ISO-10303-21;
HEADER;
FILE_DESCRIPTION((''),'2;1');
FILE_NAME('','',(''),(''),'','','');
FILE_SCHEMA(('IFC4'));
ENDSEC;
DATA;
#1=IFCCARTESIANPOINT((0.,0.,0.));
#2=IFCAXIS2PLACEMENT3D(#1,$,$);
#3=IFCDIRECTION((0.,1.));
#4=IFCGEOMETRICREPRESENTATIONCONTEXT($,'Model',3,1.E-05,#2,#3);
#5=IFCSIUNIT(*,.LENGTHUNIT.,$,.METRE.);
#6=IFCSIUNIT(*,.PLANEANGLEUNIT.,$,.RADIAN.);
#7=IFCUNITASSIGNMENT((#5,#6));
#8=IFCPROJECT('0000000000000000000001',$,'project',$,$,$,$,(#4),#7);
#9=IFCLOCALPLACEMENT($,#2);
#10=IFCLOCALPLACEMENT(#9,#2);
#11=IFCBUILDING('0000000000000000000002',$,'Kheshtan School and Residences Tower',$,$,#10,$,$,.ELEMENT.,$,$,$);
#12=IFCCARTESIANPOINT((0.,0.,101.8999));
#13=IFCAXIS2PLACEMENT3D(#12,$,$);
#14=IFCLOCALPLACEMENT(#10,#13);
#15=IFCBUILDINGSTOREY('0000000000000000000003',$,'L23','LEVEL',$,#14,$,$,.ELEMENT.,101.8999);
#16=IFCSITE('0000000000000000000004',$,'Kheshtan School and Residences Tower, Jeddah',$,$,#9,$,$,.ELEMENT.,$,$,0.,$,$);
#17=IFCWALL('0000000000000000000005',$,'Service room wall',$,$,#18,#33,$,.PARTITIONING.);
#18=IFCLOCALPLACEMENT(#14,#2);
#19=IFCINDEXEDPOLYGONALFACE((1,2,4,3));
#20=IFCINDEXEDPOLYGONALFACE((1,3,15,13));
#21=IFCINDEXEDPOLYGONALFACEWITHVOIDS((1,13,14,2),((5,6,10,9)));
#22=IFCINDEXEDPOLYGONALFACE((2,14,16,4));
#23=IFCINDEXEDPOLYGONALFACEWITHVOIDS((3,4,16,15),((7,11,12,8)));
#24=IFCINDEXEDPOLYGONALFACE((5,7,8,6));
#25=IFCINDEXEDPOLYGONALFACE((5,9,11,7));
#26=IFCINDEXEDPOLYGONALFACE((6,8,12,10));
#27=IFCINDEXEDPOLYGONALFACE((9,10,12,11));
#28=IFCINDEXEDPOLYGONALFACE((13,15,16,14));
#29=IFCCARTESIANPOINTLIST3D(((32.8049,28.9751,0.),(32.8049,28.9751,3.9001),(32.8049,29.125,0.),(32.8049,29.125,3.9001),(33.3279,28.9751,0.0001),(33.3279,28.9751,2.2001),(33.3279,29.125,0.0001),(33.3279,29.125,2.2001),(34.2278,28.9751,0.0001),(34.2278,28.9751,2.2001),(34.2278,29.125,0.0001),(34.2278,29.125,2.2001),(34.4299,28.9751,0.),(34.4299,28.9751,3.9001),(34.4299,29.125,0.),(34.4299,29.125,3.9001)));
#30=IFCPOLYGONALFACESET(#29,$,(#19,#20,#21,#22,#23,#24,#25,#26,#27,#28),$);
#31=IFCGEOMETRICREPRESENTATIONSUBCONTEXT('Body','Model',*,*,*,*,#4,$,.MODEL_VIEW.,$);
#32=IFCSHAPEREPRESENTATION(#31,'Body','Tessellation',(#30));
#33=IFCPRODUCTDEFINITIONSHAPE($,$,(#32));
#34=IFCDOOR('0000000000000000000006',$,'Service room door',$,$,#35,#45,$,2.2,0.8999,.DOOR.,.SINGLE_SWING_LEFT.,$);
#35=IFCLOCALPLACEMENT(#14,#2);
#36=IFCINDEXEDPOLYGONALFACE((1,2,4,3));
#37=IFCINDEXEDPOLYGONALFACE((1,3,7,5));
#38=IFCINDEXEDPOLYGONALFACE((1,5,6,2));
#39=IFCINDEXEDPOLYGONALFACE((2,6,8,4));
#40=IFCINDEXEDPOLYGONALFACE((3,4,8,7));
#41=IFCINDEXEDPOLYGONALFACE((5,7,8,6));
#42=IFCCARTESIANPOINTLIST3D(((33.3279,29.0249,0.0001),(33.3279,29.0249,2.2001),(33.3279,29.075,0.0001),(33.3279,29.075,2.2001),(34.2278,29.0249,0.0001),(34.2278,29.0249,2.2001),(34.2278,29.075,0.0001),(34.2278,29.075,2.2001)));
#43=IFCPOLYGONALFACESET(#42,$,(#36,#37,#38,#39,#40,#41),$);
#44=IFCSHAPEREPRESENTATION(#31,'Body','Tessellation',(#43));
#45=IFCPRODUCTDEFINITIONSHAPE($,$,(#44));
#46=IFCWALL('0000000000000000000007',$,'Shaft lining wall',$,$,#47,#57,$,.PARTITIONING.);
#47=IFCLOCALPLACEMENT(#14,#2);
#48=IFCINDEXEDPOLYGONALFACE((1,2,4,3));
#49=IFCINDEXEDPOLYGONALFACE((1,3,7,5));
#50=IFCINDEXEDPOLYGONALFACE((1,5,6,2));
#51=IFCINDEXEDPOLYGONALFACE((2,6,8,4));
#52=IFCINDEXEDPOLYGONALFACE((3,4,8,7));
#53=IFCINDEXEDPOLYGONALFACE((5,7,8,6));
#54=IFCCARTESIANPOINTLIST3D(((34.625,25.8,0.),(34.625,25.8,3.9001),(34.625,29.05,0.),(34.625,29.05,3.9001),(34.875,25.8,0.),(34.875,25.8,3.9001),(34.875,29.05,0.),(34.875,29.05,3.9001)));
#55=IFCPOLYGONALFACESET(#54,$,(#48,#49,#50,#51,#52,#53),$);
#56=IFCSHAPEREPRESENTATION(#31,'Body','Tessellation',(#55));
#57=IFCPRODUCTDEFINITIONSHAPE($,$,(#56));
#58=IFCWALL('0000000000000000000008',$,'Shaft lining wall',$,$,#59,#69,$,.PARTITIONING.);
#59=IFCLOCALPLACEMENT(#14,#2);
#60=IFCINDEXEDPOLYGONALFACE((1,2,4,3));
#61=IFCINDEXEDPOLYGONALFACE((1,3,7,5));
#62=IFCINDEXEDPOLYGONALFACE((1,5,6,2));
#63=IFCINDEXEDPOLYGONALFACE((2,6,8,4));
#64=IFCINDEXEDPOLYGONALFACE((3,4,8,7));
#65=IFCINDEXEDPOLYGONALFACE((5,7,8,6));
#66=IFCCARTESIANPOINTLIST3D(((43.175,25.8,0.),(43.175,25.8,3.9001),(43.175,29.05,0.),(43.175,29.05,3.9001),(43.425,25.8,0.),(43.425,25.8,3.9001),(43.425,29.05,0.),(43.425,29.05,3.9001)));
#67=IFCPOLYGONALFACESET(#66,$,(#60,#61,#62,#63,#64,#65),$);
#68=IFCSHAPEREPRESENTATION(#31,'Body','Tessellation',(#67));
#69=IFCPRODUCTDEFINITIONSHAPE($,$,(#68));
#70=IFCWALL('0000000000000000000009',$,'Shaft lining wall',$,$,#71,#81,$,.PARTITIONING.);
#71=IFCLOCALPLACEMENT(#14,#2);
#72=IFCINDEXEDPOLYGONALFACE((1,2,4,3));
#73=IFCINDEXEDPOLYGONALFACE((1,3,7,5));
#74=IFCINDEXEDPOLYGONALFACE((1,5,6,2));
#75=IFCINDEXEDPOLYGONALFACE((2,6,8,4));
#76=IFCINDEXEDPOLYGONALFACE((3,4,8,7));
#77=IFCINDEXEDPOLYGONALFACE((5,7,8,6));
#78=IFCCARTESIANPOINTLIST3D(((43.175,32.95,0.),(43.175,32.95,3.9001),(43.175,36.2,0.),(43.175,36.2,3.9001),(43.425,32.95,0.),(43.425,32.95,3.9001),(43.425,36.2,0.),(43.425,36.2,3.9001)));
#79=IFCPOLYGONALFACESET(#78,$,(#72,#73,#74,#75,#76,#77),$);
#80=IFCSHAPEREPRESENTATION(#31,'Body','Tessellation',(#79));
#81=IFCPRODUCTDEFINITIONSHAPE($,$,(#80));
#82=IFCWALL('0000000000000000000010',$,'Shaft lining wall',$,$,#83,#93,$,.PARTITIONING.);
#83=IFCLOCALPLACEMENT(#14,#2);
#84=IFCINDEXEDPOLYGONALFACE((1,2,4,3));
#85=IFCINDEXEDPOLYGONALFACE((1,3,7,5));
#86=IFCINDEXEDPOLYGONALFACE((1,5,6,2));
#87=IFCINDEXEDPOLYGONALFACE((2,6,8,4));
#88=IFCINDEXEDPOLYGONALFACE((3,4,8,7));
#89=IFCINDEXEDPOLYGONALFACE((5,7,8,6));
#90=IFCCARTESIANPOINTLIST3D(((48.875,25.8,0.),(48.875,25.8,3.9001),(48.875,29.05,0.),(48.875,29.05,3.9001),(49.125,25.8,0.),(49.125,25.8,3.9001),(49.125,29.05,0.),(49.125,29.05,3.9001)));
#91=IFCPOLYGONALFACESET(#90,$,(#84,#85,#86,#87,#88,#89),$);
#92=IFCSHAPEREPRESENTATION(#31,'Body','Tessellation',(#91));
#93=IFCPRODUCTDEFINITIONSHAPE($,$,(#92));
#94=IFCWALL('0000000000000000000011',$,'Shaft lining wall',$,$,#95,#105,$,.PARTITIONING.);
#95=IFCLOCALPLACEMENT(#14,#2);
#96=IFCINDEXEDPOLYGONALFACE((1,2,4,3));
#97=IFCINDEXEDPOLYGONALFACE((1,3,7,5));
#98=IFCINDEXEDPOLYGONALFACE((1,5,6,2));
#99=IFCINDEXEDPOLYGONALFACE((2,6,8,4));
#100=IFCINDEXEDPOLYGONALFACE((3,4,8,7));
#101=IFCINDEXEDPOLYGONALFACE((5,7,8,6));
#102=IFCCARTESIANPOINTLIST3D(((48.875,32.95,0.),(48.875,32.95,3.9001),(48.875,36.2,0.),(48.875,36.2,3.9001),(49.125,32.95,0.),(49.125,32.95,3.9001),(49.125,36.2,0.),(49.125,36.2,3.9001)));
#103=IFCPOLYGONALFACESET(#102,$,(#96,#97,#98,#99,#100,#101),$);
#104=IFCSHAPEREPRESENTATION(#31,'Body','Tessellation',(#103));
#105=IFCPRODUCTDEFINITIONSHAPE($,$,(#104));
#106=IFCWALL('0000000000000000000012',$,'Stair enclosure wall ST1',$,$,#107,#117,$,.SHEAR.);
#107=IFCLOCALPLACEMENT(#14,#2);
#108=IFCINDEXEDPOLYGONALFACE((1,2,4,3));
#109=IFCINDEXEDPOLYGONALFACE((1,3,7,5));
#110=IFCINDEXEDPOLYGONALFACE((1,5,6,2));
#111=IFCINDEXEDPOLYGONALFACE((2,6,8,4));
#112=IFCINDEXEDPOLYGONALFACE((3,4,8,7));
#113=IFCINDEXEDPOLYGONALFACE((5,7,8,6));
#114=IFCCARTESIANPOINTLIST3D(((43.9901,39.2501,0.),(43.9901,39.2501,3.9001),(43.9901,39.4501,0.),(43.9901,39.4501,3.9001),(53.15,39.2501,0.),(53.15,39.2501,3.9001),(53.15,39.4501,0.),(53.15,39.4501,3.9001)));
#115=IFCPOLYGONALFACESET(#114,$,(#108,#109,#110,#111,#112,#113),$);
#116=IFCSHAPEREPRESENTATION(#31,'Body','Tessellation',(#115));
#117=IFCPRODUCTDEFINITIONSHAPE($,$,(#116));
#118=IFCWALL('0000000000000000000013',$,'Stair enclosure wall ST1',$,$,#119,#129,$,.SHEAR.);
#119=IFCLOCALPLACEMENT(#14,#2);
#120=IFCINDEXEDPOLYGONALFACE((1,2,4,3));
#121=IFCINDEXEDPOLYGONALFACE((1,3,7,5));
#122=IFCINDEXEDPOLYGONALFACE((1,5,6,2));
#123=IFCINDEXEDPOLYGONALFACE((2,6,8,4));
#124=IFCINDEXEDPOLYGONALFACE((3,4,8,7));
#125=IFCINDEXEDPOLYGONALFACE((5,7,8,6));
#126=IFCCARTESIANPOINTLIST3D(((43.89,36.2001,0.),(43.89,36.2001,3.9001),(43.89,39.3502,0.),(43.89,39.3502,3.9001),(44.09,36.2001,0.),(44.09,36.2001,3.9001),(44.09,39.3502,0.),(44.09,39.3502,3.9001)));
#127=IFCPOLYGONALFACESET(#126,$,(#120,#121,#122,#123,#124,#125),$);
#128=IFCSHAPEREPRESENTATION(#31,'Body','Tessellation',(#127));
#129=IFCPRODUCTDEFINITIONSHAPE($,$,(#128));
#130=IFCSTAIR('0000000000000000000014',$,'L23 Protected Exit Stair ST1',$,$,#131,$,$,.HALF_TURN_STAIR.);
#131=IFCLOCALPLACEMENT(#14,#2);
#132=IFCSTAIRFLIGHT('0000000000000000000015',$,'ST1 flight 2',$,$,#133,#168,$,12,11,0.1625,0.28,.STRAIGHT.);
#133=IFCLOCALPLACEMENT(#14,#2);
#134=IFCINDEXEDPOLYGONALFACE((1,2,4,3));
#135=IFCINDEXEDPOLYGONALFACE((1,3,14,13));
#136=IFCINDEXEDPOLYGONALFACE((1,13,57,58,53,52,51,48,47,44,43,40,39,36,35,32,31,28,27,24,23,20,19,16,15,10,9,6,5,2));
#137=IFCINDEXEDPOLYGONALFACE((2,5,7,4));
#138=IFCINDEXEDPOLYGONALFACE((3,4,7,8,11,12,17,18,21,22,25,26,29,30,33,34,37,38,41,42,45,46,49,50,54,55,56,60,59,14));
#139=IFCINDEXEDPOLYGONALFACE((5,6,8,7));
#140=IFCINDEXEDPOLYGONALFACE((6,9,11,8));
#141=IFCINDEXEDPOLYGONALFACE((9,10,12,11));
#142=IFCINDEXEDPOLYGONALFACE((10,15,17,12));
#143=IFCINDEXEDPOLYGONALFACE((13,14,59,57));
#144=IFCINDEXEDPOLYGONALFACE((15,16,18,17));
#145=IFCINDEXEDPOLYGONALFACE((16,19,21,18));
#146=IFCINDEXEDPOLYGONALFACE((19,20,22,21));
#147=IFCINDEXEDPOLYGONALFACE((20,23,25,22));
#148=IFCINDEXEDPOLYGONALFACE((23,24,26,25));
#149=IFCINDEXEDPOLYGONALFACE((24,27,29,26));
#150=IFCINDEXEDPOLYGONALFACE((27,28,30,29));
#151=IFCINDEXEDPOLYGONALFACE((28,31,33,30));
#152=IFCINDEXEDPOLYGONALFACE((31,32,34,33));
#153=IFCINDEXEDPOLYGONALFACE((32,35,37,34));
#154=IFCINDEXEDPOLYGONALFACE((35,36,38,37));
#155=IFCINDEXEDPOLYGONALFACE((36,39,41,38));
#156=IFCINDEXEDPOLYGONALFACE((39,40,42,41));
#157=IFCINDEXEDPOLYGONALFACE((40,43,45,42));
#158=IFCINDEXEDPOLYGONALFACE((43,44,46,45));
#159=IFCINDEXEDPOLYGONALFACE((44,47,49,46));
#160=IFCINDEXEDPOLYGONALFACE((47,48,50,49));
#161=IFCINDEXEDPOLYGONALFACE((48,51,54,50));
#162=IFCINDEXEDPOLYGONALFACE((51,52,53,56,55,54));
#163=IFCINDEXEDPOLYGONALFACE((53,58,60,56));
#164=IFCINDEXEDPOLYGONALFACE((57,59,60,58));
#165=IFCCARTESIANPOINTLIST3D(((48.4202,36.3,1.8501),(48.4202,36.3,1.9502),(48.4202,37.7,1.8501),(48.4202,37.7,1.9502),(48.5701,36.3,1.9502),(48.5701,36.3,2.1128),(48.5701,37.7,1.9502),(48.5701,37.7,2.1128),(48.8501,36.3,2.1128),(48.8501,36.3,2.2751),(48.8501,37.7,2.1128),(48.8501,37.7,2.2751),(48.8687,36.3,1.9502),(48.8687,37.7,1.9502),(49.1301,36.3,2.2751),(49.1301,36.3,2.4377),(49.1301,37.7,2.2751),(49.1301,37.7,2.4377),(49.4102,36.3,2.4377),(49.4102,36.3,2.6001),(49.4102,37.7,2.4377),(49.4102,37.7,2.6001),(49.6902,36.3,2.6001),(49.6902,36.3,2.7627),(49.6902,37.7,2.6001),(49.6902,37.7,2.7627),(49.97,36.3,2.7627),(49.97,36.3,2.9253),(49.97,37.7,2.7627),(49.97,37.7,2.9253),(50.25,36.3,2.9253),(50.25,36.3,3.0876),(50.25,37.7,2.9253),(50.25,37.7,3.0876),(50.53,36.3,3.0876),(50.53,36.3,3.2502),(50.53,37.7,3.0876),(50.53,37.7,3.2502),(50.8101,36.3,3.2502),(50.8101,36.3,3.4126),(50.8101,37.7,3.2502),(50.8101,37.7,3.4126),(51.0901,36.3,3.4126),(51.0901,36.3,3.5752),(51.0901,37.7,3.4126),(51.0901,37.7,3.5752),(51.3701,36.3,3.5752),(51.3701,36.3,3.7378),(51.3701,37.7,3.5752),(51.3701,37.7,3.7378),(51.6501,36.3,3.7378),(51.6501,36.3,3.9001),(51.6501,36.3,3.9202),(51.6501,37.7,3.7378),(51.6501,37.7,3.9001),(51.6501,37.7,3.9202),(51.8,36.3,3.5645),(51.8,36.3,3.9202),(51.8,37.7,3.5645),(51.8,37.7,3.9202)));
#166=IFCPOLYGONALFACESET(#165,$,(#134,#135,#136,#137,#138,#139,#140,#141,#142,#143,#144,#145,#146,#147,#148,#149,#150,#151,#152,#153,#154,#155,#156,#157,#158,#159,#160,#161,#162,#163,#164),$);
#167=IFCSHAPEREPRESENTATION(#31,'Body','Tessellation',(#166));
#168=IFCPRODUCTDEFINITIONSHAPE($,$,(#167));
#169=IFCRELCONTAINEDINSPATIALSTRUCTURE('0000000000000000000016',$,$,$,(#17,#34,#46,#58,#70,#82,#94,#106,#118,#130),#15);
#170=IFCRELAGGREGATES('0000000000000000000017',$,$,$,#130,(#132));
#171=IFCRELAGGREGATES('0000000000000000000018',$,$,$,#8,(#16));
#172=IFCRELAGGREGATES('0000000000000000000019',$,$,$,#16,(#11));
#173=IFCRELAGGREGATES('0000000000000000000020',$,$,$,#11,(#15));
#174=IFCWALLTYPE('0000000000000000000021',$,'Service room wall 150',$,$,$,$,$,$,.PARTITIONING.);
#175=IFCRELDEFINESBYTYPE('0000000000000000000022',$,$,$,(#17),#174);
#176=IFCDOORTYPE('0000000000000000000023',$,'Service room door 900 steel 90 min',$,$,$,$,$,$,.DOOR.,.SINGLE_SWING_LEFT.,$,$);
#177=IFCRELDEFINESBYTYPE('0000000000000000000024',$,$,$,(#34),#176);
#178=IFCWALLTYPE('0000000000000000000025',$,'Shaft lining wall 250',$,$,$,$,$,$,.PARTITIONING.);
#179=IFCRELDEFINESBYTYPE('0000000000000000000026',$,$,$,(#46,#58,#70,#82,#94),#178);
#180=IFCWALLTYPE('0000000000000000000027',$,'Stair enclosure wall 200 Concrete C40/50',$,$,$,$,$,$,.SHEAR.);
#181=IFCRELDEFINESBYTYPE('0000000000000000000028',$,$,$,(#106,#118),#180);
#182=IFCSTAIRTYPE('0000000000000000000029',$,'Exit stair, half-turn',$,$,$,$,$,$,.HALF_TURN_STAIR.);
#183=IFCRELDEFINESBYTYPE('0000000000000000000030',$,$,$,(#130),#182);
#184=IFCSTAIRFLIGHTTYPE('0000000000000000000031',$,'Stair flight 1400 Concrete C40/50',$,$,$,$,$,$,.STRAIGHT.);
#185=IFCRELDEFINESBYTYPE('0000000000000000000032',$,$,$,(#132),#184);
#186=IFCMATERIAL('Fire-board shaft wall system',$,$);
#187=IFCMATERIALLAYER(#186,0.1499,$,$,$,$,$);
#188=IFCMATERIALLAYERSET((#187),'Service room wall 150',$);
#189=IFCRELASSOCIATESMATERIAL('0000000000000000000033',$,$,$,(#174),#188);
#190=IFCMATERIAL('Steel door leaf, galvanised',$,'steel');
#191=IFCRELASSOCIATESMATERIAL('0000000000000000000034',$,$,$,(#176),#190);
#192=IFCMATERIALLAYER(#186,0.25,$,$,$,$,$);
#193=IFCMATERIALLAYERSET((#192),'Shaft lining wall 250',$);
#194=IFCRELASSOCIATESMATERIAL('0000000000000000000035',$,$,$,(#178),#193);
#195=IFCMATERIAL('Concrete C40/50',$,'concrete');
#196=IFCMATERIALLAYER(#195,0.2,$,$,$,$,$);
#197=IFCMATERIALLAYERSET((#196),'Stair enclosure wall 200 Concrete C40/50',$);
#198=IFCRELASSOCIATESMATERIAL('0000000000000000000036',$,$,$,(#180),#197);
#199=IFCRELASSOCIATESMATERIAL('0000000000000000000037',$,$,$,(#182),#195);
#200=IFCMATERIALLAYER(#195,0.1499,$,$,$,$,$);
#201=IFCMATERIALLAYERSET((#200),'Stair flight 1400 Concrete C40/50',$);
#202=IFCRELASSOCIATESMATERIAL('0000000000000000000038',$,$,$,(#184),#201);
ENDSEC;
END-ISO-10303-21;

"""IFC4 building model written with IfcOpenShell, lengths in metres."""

from ifc_helpers import new_model, si_unit, direction, frame, frame_2d, origin, place, context, subcontext, project, spatial, polyline, rectangle, outline, extrude, source, transform, mapped, material, layer, layer_set, type_object, element, fill, aggregate, save


model = new_model("IFC4")

# Units and contexts
model_context = context("Model", 3, precision=1e-05, world=origin(), true_north=direction((0.0, 1.0)))
body_context = subcontext(model_context, "Body", "Model", "MODEL_VIEW")
ifc_project = project(units=[si_unit("LENGTHUNIT", "METRE"), si_unit("PLANEANGLEUNIT", "RADIAN")], contexts=[model_context])

# Site, building, storey
site_placement = place(None, origin())
site = spatial("IfcSite", under=ifc_project, at=site_placement, Name="Kheshtan School and Residences Tower, Jeddah", CompositionType="ELEMENT", RefElevation=0.0)
building_placement = place(site_placement, origin())
building = spatial("IfcBuilding", under=site, at=building_placement, Name="Kheshtan School and Residences Tower", CompositionType="ELEMENT")
storey_placement = place(building_placement, frame((0.0, 0.0, 101.8999)))
storey = spatial("IfcBuildingStorey", under=building, at=storey_placement, Name="L23", Description="LEVEL", CompositionType="ELEMENT", Elevation=101.8999)

# Shared definitions
ifc_material_1 = material(Name="Steel door leaf, galvanised", Category="steel")

# Wall, opening, door
ifc_material_2 = material(Name="Fire-board shaft wall system")
ifc_layer_1 = layer(ifc_material_2, 0.1499)
ifc_layer_set_1 = layer_set([ifc_layer_1], Name="Service room wall 150")
wall_type_1 = type_object("IfcWallType", Name="Service room wall 150", PredefinedType="PARTITIONING", material=ifc_layer_set_1)
wall_1_placement = place(storey_placement, frame((32.8049, 29.05, 0.0), z_axis=(0.0, 0.0, 1.0), x_axis=(1.0, 0.0, 0.0)))
wall_1 = element("IfcWall", 1, at=wall_1_placement, inside=storey, type_object=wall_type_1, Name="Service room wall", PredefinedType="PARTITIONING", context=body_context, shape_type="SweptSolid", body=[
    extrude(rectangle(XDim=1.625, YDim=0.1499, at=frame_2d((0.8125, 0.0))), origin(), (0.0, 0.0, 1.0), 3.9001),
])
opening_1_placement = place(wall_1_placement, frame((0.5229, 0.0, 0.0)))
opening_1 = element("IfcOpeningElement", 2, at=opening_1_placement, cuts=wall_1, PredefinedType="OPENING", context=body_context, shape_type="SweptSolid", body=[
    extrude(rectangle(XDim=0.8999, YDim=2.2, at=frame_2d((0.45, 1.1001))), frame((0.0, 0.085, 0.0), z_axis=(0.0, -1.0, 0.0), x_axis=(1.0, 0.0, 0.0)), (0.0, 0.0, 1.0), 0.1699),
])
door_type_1 = type_object("IfcDoorType", Name="Service room door 900 steel 90 min", OperationType="SINGLE_SWING_LEFT", PredefinedType="DOOR", material=ifc_material_1)
shared_shape_1 = source(origin(), body_context, "Body", "SweptSolid", [
    extrude(rectangle(XDim=0.8999, YDim=2.2, at=frame_2d((0.45, 1.1001))), frame((0.0, 0.0249, 0.0), z_axis=(0.0, -1.0, 0.0), x_axis=(1.0, 0.0, 0.0)), (0.0, 0.0, 1.0), 0.05),
])
door_1_placement = place(opening_1_placement, origin())
door_1 = element("IfcDoor", 3, at=door_1_placement, inside=storey, type_object=door_type_1, Name="Service room door", OperationType="SINGLE_SWING_LEFT", OverallHeight=2.2, OverallWidth=0.8999, PredefinedType="DOOR", context=body_context, shape_type="MappedRepresentation", body=[
    mapped(shared_shape_1, transform((0.0, 0.0, 0.0), x_axis=(1.0, 0.0, 0.0), y_axis=(0.0, 1.0, 0.0), z_axis=(0.0, 0.0, 1.0), scale=1.0)),
])
fill(opening_1, door_1)

# Walls
ifc_layer_2 = layer(ifc_material_2, 0.25)
ifc_layer_set_2 = layer_set([ifc_layer_2], Name="Shaft lining wall 250")
wall_type_2 = type_object("IfcWallType", Name="Shaft lining wall 250", PredefinedType="PARTITIONING", material=ifc_layer_set_2)
for number, where, z_axis, x_axis, name in (
    (4, (34.75, 25.8, 0.0), (0.0, 0.0, 1.0), (0.0, 1.0, 0.0), "Shaft lining wall"),
    (5, (43.3, 25.8, 0.0), (0.0, 0.0, 1.0), (0.0, 1.0, 0.0), "Shaft lining wall"),
    (6, (43.3, 32.95, 0.0), (0.0, 0.0, 1.0), (0.0, 1.0, 0.0), "Shaft lining wall"),
    (7, (49.0, 25.8, 0.0), (0.0, 0.0, 1.0), (0.0, 1.0, 0.0), "Shaft lining wall"),
    (8, (49.0, 32.95, 0.0), (0.0, 0.0, 1.0), (0.0, 1.0, 0.0), "Shaft lining wall"),
):
    element("IfcWall", number, at=place(storey_placement, frame(where, z_axis=z_axis, x_axis=x_axis)), inside=storey, type_object=wall_type_2, Name=name, PredefinedType="PARTITIONING", context=body_context, shape_type="SweptSolid", body=[
        extrude(rectangle(XDim=3.25, YDim=0.25, at=frame_2d((1.625, 0.0))), origin(), (0.0, 0.0, 1.0), 3.9001),
    ])
ifc_material_3 = material(Name="Concrete C40/50", Category="concrete")
ifc_layer_3 = layer(ifc_material_3, 0.2)
ifc_layer_set_3 = layer_set([ifc_layer_3], Name="Stair enclosure wall 200 Concrete C40/50")
wall_type_3 = type_object("IfcWallType", Name="Stair enclosure wall 200 Concrete C40/50", PredefinedType="SHEAR", material=ifc_layer_set_3)
wall_2_placement = place(storey_placement, frame((43.99, 39.3501, 0.0), z_axis=(0.0, 0.0, 1.0), x_axis=(1.0, 0.0, 0.0)))
element("IfcWall", 9, at=wall_2_placement, inside=storey, type_object=wall_type_3, Name="Stair enclosure wall ST1", PredefinedType="SHEAR", context=body_context, shape_type="SweptSolid", body=[
    extrude(rectangle(XDim=9.1599, YDim=0.2, at=frame_2d((4.5801, 0.0))), origin(), (0.0, 0.0, 1.0), 3.9001),
])
wall_3_placement = place(storey_placement, frame((43.99, 36.2, 0.0), z_axis=(0.0, 0.0, 1.0), x_axis=(0.0, 1.0, 0.0)))
element("IfcWall", 10, at=wall_3_placement, inside=storey, type_object=wall_type_3, Name="Stair enclosure wall ST1", PredefinedType="SHEAR", context=body_context, shape_type="SweptSolid", body=[
    extrude(rectangle(XDim=3.1501, YDim=0.2, at=frame_2d((1.5752, 0.0))), origin(), (0.0, 0.0, 1.0), 3.9001),
])

# Stair, stair flight
stair_type = type_object("IfcStairType", Name="Exit stair, half-turn", PredefinedType="HALF_TURN_STAIR", material=ifc_material_3)
stair_placement = place(storey_placement, origin())
stair = element("IfcStair", 11, at=stair_placement, inside=storey, type_object=stair_type, Name="L23 Protected Exit Stair ST1", PredefinedType="HALF_TURN_STAIR")
ifc_layer_4 = layer(ifc_material_3, 0.1499)
ifc_layer_set_4 = layer_set([ifc_layer_4], Name="Stair flight 1400 Concrete C40/50")
stair_flight_type = type_object("IfcStairFlightType", Name="Stair flight 1400 Concrete C40/50", PredefinedType="STRAIGHT", material=ifc_layer_set_4)
stair_flight_placement = place(storey_placement, frame((48.5701, 37.0, 1.9502), z_axis=(0.0, 0.0, 1.0), x_axis=(1.0, 0.0, 0.0)))
stair_flight = element("IfcStairFlight", 12, at=stair_flight_placement, type_object=stair_flight_type, Name="ST1 flight 2", NumberOfRisers=12, NumberOfTreads=11, PredefinedType="STRAIGHT", RiserHeight=0.1625, TreadLength=0.28, context=body_context, shape_type="SweptSolid", body=[
    extrude(outline(polyline([(-0.1499, -0.1001), (-0.1499, 0.0), (0.0, 0.0), (0.0, 0.1626), (0.28, 0.1626), (0.28, 0.325), (0.5601, 0.325), (0.5601, 0.4875), (0.8401, 0.4875), (0.8401, 0.6499), (1.1201, 0.6499), (1.1201, 0.8125), (1.3999, 0.8125), (1.3999, 0.9751), (1.6799, 0.9751), (1.6799, 1.1375), (1.96, 1.1375), (1.96, 1.3), (2.24, 1.3), (2.24, 1.4624), (2.52, 1.4624), (2.52, 1.625), (2.8, 1.625), (2.8, 1.7876), (3.0801, 1.7876), (3.0801, 1.95), (3.0801, 1.97), (3.23, 1.97), (3.23, 1.6143), (0.2986, 0.0), (-0.1499, -0.1001)])), frame((0.0, 0.7, 0.0), z_axis=(0.0, -1.0, 0.0), x_axis=(1.0, 0.0, 0.0)), (0.0, 0.0, 1.0), 1.3999),
])
aggregate(stair, [stair_flight])

save(model, "model.ifc")
